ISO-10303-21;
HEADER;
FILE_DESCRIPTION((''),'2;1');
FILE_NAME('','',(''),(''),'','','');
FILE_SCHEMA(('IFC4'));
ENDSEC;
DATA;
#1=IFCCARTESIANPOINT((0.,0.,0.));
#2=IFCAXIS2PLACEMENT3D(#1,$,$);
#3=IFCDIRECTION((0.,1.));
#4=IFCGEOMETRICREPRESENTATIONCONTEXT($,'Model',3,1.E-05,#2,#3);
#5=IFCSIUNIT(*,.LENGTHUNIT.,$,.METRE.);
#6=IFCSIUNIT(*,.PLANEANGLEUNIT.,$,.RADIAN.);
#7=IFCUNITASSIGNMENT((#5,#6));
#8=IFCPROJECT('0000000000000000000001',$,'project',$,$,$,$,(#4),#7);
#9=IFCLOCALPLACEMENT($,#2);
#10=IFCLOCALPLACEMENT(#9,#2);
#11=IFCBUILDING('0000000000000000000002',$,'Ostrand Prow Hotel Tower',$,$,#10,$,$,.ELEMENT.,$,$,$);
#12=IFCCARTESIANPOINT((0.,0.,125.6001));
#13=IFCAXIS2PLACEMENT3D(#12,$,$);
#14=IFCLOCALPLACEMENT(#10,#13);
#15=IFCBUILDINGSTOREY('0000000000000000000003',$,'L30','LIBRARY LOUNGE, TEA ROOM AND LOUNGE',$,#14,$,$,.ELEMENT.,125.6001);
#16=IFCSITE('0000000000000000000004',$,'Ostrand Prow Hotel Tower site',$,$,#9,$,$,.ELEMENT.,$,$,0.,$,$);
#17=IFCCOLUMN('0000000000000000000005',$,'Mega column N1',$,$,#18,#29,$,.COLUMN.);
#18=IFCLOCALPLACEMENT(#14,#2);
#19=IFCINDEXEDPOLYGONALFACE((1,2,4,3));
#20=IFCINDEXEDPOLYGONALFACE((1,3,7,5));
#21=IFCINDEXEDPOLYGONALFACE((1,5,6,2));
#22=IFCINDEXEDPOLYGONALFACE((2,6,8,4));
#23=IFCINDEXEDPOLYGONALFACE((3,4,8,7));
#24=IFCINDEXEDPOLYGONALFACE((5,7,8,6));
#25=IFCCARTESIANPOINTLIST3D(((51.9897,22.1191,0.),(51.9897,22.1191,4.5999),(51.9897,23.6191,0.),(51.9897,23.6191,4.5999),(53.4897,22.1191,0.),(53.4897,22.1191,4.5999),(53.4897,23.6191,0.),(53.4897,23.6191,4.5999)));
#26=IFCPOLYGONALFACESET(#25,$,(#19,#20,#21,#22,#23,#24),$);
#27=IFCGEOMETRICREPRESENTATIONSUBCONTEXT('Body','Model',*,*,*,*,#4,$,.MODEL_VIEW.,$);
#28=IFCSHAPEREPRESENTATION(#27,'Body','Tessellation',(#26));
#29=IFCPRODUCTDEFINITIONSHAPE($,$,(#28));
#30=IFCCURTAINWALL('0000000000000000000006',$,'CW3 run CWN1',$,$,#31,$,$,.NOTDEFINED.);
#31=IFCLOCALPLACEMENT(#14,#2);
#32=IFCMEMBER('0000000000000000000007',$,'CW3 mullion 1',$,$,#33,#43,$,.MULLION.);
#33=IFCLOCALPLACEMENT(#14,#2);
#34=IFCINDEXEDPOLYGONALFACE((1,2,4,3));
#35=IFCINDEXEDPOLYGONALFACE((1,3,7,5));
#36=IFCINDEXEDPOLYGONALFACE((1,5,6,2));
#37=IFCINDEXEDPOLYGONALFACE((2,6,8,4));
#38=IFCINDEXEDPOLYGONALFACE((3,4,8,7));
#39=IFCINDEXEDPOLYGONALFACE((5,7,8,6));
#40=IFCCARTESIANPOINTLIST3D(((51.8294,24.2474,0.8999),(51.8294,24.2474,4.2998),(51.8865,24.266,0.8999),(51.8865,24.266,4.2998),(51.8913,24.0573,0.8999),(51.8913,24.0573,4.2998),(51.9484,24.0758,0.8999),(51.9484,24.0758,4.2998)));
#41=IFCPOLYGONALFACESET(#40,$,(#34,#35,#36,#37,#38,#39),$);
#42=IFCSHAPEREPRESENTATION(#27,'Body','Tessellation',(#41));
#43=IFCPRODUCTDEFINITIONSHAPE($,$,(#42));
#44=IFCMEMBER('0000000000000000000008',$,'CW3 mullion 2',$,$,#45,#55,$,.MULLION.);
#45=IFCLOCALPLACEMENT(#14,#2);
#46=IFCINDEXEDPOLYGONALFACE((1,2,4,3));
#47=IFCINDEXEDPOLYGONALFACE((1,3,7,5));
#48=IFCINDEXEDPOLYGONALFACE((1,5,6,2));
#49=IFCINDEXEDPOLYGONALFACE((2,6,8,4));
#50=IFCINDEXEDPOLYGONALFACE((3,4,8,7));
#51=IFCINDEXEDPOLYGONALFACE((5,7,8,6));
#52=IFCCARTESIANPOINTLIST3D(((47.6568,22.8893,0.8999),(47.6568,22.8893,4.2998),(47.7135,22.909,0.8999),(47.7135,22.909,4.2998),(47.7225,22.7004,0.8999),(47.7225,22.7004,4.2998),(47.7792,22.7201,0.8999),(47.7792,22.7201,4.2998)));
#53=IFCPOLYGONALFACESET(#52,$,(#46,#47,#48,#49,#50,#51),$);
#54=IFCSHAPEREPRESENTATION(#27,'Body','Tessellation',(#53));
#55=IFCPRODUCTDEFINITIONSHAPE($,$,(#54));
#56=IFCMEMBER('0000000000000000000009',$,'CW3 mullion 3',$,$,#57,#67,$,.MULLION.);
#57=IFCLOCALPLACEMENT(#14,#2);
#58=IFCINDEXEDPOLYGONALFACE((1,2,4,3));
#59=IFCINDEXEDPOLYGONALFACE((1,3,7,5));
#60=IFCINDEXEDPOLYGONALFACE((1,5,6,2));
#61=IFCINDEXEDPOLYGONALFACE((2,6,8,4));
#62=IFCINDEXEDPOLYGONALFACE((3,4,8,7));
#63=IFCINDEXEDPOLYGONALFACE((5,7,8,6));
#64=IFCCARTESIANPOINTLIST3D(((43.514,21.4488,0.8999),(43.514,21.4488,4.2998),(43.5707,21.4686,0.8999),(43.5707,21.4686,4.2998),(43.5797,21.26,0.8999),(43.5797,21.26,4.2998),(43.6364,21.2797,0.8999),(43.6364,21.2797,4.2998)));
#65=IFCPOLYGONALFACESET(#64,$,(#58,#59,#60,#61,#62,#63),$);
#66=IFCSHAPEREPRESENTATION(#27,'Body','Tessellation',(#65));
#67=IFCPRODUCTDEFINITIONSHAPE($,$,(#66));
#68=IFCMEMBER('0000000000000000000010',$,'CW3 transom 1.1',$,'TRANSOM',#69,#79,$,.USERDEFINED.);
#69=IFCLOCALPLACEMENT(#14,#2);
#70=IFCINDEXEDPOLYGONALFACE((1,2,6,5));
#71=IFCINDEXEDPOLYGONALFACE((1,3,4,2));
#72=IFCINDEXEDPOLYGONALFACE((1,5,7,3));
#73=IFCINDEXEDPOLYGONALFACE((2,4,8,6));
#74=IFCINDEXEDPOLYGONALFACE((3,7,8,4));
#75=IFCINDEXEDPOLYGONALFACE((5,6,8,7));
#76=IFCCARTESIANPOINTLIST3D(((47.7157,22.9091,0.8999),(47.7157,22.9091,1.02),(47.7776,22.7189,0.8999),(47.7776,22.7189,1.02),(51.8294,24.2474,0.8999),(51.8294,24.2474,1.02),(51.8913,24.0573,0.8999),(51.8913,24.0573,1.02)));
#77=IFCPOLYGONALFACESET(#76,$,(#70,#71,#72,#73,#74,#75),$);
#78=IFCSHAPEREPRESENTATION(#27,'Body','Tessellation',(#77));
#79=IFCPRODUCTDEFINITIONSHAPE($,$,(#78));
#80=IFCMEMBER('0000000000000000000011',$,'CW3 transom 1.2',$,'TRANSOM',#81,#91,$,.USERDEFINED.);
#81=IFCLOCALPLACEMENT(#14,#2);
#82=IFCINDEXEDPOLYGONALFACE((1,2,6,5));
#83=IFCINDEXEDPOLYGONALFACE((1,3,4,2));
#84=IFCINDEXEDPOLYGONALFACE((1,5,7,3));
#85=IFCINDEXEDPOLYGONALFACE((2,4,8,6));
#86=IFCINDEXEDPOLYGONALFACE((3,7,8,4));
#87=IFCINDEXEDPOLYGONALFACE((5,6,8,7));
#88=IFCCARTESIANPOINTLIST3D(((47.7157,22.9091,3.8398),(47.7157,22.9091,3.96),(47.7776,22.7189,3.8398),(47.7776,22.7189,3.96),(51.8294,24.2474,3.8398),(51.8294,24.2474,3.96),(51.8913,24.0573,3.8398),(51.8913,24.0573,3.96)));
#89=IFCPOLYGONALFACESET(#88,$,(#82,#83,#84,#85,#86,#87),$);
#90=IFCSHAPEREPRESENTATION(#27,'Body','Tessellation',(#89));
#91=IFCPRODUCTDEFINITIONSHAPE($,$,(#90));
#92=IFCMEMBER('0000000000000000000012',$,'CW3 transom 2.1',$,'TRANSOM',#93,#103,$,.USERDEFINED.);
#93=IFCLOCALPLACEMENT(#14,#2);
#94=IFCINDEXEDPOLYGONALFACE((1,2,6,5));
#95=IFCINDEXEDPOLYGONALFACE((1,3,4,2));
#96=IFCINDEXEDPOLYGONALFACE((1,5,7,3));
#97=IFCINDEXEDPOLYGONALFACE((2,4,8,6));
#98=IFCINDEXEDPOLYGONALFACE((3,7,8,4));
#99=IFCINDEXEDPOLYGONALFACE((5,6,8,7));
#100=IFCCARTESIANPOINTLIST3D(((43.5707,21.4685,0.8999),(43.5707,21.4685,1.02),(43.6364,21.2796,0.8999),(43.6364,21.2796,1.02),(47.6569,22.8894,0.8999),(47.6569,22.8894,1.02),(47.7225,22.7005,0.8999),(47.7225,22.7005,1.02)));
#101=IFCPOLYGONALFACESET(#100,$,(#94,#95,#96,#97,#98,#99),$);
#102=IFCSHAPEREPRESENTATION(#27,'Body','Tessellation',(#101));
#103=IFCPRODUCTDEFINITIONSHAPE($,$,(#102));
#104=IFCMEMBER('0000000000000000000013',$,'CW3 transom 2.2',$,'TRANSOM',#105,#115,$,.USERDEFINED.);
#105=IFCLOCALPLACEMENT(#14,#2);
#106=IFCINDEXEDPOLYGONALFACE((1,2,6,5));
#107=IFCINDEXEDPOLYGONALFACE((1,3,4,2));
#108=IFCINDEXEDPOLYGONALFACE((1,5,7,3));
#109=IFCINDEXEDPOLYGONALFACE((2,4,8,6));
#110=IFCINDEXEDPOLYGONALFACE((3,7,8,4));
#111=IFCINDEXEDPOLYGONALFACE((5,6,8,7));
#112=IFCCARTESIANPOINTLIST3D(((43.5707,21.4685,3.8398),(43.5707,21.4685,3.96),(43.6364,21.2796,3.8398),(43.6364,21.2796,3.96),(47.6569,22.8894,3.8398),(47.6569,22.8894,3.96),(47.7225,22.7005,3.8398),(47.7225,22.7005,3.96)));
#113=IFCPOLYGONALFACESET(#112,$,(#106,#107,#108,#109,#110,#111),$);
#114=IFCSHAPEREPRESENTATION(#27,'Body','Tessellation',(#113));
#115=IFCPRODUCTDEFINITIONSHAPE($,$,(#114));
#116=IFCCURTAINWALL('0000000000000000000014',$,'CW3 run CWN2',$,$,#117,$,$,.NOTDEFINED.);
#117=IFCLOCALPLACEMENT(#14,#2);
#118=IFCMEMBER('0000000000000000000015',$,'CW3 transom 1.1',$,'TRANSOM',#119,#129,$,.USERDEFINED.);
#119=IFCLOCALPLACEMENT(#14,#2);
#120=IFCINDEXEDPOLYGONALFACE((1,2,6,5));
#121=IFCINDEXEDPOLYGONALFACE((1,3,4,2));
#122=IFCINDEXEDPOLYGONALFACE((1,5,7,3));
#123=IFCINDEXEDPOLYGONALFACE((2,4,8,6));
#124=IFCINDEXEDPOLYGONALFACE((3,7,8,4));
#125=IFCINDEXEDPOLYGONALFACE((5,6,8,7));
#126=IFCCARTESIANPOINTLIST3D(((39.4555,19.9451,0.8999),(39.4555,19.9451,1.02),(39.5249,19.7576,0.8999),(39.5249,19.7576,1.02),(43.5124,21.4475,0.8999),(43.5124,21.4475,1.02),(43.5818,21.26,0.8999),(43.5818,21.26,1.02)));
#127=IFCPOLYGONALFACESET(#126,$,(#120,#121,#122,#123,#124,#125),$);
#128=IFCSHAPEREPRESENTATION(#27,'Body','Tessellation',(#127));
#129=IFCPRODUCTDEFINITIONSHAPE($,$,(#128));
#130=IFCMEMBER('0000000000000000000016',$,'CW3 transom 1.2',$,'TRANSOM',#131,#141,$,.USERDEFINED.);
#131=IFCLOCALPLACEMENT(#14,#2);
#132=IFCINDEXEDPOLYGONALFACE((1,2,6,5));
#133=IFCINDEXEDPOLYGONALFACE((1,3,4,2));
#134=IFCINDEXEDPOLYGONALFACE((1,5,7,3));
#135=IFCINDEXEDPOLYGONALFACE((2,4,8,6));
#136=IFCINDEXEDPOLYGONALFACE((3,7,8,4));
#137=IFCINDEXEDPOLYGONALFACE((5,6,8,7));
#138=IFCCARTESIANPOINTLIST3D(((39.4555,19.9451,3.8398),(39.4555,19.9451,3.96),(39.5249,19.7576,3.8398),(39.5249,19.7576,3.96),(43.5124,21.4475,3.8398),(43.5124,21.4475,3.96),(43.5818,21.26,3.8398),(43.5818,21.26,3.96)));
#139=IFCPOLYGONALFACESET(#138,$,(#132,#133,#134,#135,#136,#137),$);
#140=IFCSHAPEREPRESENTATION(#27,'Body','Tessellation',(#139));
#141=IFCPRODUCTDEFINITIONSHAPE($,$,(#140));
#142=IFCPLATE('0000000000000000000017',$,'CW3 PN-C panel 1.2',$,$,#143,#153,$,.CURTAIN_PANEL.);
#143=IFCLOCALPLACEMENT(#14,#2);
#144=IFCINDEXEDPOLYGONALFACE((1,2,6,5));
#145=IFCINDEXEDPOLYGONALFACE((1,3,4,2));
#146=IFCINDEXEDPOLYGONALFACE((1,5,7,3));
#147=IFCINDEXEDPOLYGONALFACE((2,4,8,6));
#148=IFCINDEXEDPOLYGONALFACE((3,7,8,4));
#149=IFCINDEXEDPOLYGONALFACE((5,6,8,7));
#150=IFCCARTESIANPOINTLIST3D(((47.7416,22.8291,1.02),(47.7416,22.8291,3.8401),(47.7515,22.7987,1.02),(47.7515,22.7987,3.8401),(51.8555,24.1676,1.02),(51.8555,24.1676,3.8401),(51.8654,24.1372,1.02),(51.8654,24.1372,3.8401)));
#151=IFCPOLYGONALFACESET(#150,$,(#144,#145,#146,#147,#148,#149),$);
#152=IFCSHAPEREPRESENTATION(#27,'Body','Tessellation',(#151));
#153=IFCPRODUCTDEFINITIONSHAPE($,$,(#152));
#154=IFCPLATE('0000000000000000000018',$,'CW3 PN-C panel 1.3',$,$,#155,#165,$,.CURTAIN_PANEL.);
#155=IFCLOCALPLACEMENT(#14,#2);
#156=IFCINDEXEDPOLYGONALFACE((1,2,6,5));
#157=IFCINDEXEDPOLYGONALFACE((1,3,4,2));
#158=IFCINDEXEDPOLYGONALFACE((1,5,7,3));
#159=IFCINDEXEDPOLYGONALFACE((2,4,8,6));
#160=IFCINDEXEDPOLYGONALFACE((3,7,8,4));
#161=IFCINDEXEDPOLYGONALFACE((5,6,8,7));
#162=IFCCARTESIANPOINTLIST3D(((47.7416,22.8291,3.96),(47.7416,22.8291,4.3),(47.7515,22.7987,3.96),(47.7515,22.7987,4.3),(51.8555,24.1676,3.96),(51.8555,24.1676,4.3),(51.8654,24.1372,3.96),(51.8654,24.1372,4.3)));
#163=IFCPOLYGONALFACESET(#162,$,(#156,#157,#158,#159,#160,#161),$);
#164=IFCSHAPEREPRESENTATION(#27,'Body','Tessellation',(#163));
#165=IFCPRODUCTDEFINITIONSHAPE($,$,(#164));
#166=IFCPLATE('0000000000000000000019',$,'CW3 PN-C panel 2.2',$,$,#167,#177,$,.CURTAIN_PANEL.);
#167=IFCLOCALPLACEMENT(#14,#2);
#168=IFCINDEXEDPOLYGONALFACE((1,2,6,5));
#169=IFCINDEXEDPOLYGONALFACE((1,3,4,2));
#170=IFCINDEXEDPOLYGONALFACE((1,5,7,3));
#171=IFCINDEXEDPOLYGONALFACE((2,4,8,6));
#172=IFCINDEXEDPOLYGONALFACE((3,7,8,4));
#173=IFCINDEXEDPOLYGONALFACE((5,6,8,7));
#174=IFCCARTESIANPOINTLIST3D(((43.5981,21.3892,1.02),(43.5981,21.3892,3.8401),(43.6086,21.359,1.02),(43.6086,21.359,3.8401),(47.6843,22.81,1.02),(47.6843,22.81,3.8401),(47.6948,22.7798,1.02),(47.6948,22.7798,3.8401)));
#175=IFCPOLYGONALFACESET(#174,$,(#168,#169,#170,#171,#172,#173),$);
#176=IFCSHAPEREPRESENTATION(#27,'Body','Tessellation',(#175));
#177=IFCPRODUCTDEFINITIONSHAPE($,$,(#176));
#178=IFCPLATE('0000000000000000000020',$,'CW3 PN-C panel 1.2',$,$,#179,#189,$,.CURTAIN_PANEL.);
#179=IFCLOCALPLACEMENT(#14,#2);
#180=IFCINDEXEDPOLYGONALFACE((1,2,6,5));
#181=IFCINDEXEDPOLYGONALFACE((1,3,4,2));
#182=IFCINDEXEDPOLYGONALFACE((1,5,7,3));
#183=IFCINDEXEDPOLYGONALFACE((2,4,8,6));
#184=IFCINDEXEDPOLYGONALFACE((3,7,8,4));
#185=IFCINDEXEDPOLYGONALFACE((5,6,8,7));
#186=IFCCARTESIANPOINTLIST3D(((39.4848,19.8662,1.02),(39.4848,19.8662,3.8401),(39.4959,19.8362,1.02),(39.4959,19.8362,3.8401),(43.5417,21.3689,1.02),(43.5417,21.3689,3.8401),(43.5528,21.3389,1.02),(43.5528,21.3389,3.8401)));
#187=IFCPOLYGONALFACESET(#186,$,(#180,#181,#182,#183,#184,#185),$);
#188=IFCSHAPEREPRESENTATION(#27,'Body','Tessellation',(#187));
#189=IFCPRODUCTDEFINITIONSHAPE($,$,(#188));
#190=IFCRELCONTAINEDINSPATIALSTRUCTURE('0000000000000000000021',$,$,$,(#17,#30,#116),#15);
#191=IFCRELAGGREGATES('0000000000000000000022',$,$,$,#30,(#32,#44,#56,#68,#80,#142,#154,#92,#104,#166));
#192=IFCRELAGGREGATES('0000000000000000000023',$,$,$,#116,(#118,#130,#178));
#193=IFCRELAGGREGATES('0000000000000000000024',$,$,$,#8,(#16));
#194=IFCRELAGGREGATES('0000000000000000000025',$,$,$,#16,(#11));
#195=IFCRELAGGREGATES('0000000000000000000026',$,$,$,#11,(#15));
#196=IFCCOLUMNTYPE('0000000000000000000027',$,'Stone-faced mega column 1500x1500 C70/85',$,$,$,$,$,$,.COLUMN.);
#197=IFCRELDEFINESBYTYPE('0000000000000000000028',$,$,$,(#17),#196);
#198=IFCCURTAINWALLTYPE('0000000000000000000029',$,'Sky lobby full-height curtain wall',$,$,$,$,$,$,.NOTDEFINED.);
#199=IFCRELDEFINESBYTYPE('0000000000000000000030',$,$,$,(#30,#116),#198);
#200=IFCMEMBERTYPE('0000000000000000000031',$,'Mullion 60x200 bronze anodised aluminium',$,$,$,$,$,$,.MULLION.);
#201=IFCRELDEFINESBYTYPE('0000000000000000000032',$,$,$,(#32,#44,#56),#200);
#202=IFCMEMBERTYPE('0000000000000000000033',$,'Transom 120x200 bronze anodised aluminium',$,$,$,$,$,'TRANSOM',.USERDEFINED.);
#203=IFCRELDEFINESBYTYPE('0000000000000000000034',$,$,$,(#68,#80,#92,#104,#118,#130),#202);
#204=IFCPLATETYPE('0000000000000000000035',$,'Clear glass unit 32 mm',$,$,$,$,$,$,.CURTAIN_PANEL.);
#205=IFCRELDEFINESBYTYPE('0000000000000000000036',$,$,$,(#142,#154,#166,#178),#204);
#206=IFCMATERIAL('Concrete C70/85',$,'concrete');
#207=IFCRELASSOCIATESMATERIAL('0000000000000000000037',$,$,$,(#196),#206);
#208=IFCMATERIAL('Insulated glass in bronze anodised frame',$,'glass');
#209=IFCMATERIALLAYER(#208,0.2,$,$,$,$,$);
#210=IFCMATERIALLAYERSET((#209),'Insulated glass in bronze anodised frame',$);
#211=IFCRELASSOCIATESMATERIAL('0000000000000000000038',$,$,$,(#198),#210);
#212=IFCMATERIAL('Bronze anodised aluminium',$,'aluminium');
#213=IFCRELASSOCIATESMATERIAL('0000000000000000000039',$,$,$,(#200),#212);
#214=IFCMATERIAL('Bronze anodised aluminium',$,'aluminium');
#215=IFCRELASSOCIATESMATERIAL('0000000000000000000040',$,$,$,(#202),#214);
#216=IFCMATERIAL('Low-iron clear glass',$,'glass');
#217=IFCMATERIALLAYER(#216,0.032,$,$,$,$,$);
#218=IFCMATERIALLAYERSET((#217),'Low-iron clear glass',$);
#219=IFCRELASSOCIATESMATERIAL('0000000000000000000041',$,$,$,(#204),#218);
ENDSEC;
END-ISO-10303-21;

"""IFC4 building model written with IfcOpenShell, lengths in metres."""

from ifc_helpers import new_model, si_unit, direction, frame, origin, origin_2d, place, context, subcontext, project, spatial, rectangle, extrude, material, layer, layer_set, material_profile, profile_set, type_object, element, aggregate, save


model = new_model("IFC4")

# Units and contexts
model_context = context("Model", 3, precision=1e-05, world=origin(), true_north=direction((0.0, 1.0)))
body_context = subcontext(model_context, "Body", "Model", "MODEL_VIEW")
ifc_project = project(units=[si_unit("LENGTHUNIT", "METRE"), si_unit("PLANEANGLEUNIT", "RADIAN")], contexts=[model_context])

# Site, building, storey
site_placement = place(None, origin())
site = spatial("IfcSite", under=ifc_project, at=site_placement, Name="Ostrand Prow Hotel Tower site", CompositionType="ELEMENT", RefElevation=0.0)
building_placement = place(site_placement, origin())
building = spatial("IfcBuilding", under=site, at=building_placement, Name="Ostrand Prow Hotel Tower", CompositionType="ELEMENT")
storey_placement = place(building_placement, frame((0.0, 0.0, 125.6001)))
storey = spatial("IfcBuildingStorey", under=building, at=storey_placement, Name="L30", Description="LIBRARY LOUNGE, TEA ROOM AND LOUNGE", CompositionType="ELEMENT", Elevation=125.6001)

# Column
ifc_material_1 = material(Name="Concrete C70/85", Category="concrete")
ifc_material_profile_1 = material_profile(ifc_material_1, rectangle(XDim=1.5, YDim=1.5, at=origin_2d()), Name="RC 1500x1500")
ifc_profile_set_1 = profile_set([ifc_material_profile_1], Name="Concrete C70/85")
column_type = type_object("IfcColumnType", Name="Stone-faced mega column 1500x1500 C70/85", PredefinedType="COLUMN", material=ifc_profile_set_1)
column_placement = place(storey_placement, frame((52.7397, 22.8691, 0.0), z_axis=(0.0, 0.0, 1.0), x_axis=(1.0, 0.0, 0.0)))
element("IfcColumn", 1, at=column_placement, inside=storey, type_object=column_type, Name="Mega column N1", PredefinedType="COLUMN", context=body_context, shape_type="SweptSolid", body=[
    extrude(rectangle(XDim=1.5, YDim=1.5, at=origin_2d()), origin(), (0.0, 0.0, 1.0), 4.5999),
])

# Curtain walls, members
ifc_material_2 = material(Name="Insulated glass in bronze anodised frame", Category="glass")
ifc_layer_1 = layer(ifc_material_2, 0.2)
ifc_layer_set_1 = layer_set([ifc_layer_1], Name="Insulated glass in bronze anodised frame")
curtain_wall_type = type_object("IfcCurtainWallType", Name="Sky lobby full-height curtain wall", PredefinedType="NOTDEFINED", material=ifc_layer_set_1)
curtain_wall_1_placement = place(storey_placement, origin())
curtain_wall_1 = element("IfcCurtainWall", 2, at=curtain_wall_1_placement, inside=storey, type_object=curtain_wall_type, Name="CW3 run CWN1", PredefinedType="NOTDEFINED")
ifc_material_3 = material(Name="Bronze anodised aluminium", Category="aluminium")
ifc_material_profile_2 = material_profile(ifc_material_3, rectangle(XDim=0.2, YDim=0.0601, at=origin_2d()), Name="Mullion 60x200 bronze anodised aluminium")
ifc_profile_set_2 = profile_set([ifc_material_profile_2], Name="Bronze anodised aluminium")
member_type_1 = type_object("IfcMemberType", Name="Mullion 60x200 bronze anodised aluminium", PredefinedType="MULLION", material=ifc_profile_set_2)
member_1_placement = place(storey_placement, frame((51.8889, 24.1616, 0.8999), z_axis=(0.0, 0.0, 1.0), x_axis=(0.30938, -0.950938, 0.0)))
member_1 = element("IfcMember", 3, at=member_1_placement, type_object=member_type_1, Name="CW3 mullion 1", PredefinedType="MULLION", context=body_context, shape_type="SweptSolid", body=[
    extrude(rectangle(XDim=0.2, YDim=0.0601, at=origin_2d()), origin(), (0.0, 0.0, 1.0), 3.3999),
])
member_2_placement = place(storey_placement, frame((47.718, 22.8047, 0.8999), z_axis=(0.0, 0.0, 1.0), x_axis=(0.328428, -0.944529, 0.0)))
member_2 = element("IfcMember", 4, at=member_2_placement, type_object=member_type_1, Name="CW3 mullion 2", PredefinedType="MULLION", context=body_context, shape_type="SweptSolid", body=[
    extrude(rectangle(XDim=0.2, YDim=0.0601, at=origin_2d()), origin(), (0.0, 0.0, 1.0), 3.3999),
])
member_3_placement = place(storey_placement, frame((43.5752, 21.3643, 0.8999), z_axis=(0.0, 0.0, 1.0), x_axis=(0.328428, -0.944529, 0.0)))
member_3 = element("IfcMember", 5, at=member_3_placement, type_object=member_type_1, Name="CW3 mullion 3", PredefinedType="MULLION", context=body_context, shape_type="SweptSolid", body=[
    extrude(rectangle(XDim=0.2, YDim=0.0601, at=origin_2d()), origin(), (0.0, 0.0, 1.0), 3.3999),
])
ifc_material_4 = material(Name="Bronze anodised aluminium", Category="aluminium")
ifc_material_profile_3 = material_profile(ifc_material_4, rectangle(XDim=0.2, YDim=0.1201, at=origin_2d()), Name="Transom 120x200 bronze anodised aluminium")
ifc_profile_set_3 = profile_set([ifc_material_profile_3], Name="Bronze anodised aluminium")
member_type_2 = type_object("IfcMemberType", Name="Transom 120x200 bronze anodised aluminium", ElementType="TRANSOM", PredefinedType="USERDEFINED", material=ifc_profile_set_3)
member_4_placement = place(storey_placement, frame((51.8604, 24.1523, 0.96), z_axis=(-0.950939, -0.30938, 0.0), x_axis=(0.30938, -0.950939, 0.0)))
member_4 = element("IfcMember", 6, at=member_4_placement, type_object=member_type_2, Name="CW3 transom 1.1", ObjectType="TRANSOM", PredefinedType="USERDEFINED", context=body_context, shape_type="SweptSolid", body=[
    extrude(rectangle(XDim=0.2, YDim=0.1201, at=origin_2d()), origin(), (0.0, 0.0, 1.0), 4.3259),
])
member_5_placement = place(storey_placement, frame((51.8604, 24.1523, 3.8999), z_axis=(-0.950939, -0.30938, 0.0), x_axis=(0.30938, -0.950939, 0.0)))
member_5 = element("IfcMember", 7, at=member_5_placement, type_object=member_type_2, Name="CW3 transom 1.2", ObjectType="TRANSOM", PredefinedType="USERDEFINED", context=body_context, shape_type="SweptSolid", body=[
    extrude(rectangle(XDim=0.2, YDim=0.1201, at=origin_2d()), origin(), (0.0, 0.0, 1.0), 4.3259),
])
member_6_placement = place(storey_placement, frame((47.6897, 22.7949, 0.96), z_axis=(-0.944524, -0.328442, 0.0), x_axis=(0.328442, -0.944524, 0.0)))
member_6 = element("IfcMember", 8, at=member_6_placement, type_object=member_type_2, Name="CW3 transom 2.1", ObjectType="TRANSOM", PredefinedType="USERDEFINED", context=body_context, shape_type="SweptSolid", body=[
    extrude(rectangle(XDim=0.2, YDim=0.1201, at=origin_2d()), origin(), (0.0, 0.0, 1.0), 4.3262),
])
member_7_placement = place(storey_placement, frame((47.6897, 22.7949, 3.8999), z_axis=(-0.944524, -0.328442, 0.0), x_axis=(0.328442, -0.944524, 0.0)))
member_7 = element("IfcMember", 9, at=member_7_placement, type_object=member_type_2, Name="CW3 transom 2.2", ObjectType="TRANSOM", PredefinedType="USERDEFINED", context=body_context, shape_type="SweptSolid", body=[
    extrude(rectangle(XDim=0.2, YDim=0.1201, at=origin_2d()), origin(), (0.0, 0.0, 1.0), 4.3262),
])
curtain_wall_2_placement = place(storey_placement, origin())
curtain_wall_2 = element("IfcCurtainWall", 10, at=curtain_wall_2_placement, inside=storey, type_object=curtain_wall_type, Name="CW3 run CWN2", PredefinedType="NOTDEFINED")
member_8_placement = place(storey_placement, frame((43.5471, 21.3538, 0.96), z_axis=(-0.937757, -0.347292, 0.0), x_axis=(0.347292, -0.937757, 0.0)))
member_8 = element("IfcMember", 11, at=member_8_placement, type_object=member_type_2, Name="CW3 transom 1.1", ObjectType="TRANSOM", PredefinedType="USERDEFINED", context=body_context, shape_type="SweptSolid", body=[
    extrude(rectangle(XDim=0.2, YDim=0.1201, at=origin_2d()), origin(), (0.0, 0.0, 1.0), 4.3262),
])
member_9_placement = place(storey_placement, frame((43.5471, 21.3538, 3.8999), z_axis=(-0.937757, -0.347292, 0.0), x_axis=(0.347292, -0.937757, 0.0)))
member_9 = element("IfcMember", 12, at=member_9_placement, type_object=member_type_2, Name="CW3 transom 1.2", ObjectType="TRANSOM", PredefinedType="USERDEFINED", context=body_context, shape_type="SweptSolid", body=[
    extrude(rectangle(XDim=0.2, YDim=0.1201, at=origin_2d()), origin(), (0.0, 0.0, 1.0), 4.3262),
])

# Plates
ifc_material_5 = material(Name="Low-iron clear glass", Category="glass")
ifc_layer_2 = layer(ifc_material_5, 0.032)
ifc_layer_set_2 = layer_set([ifc_layer_2], Name="Low-iron clear glass")
plate_type_1 = type_object("IfcPlateType", Name="Clear glass unit 32 mm", PredefinedType="CURTAIN_PANEL", material=ifc_layer_set_2)
plate_1_placement = place(storey_placement, frame((49.8035, 23.4832, 1.02), z_axis=(0.0, 0.0, 1.0), x_axis=(-0.950938, -0.30938, 0.0)))
plate_1 = element("IfcPlate", 13, at=plate_1_placement, type_object=plate_type_1, Name="CW3 PN-C panel 1.2", PredefinedType="CURTAIN_PANEL", context=body_context, shape_type="SweptSolid", body=[
    extrude(rectangle(XDim=4.3262, YDim=0.032, at=origin_2d()), origin(), (0.0, 0.0, 1.0), 2.8201),
])
plate_2_placement = place(storey_placement, frame((49.8035, 23.4832, 3.96), z_axis=(0.0, 0.0, 1.0), x_axis=(-0.950938, -0.30938, 0.0)))
plate_2 = element("IfcPlate", 14, at=plate_2_placement, type_object=plate_type_1, Name="CW3 PN-C panel 1.3", PredefinedType="CURTAIN_PANEL", context=body_context, shape_type="SweptSolid", body=[
    extrude(rectangle(XDim=4.3262, YDim=0.032, at=origin_2d()), origin(), (0.0, 0.0, 1.0), 0.3401),
])
plate_3_placement = place(storey_placement, frame((45.6465, 22.0845, 1.02), z_axis=(0.0, 0.0, 1.0), x_axis=(-0.944529, -0.328428, 0.0)))
plate_3 = element("IfcPlate", 15, at=plate_3_placement, type_object=plate_type_1, Name="CW3 PN-C panel 2.2", PredefinedType="CURTAIN_PANEL", context=body_context, shape_type="SweptSolid", body=[
    extrude(rectangle(XDim=4.3262, YDim=0.032, at=origin_2d()), origin(), (0.0, 0.0, 1.0), 2.8201),
])
plate_4_placement = place(storey_placement, frame((41.5188, 20.6025, 1.02), z_axis=(0.0, 0.0, 1.0), x_axis=(-0.937739, -0.347342, 0.0)))
plate_4 = element("IfcPlate", 16, at=plate_4_placement, type_object=plate_type_1, Name="CW3 PN-C panel 1.2", PredefinedType="CURTAIN_PANEL", context=body_context, shape_type="SweptSolid", body=[
    extrude(rectangle(XDim=4.3262, YDim=0.032, at=origin_2d()), origin(), (0.0, 0.0, 1.0), 2.8201),
])
aggregate(curtain_wall_1, [member_1, member_2, member_3, member_4, member_5, plate_1, plate_2, member_6, member_7, plate_3])
aggregate(curtain_wall_2, [member_8, member_9, plate_4])

save(model, "model.ifc")
